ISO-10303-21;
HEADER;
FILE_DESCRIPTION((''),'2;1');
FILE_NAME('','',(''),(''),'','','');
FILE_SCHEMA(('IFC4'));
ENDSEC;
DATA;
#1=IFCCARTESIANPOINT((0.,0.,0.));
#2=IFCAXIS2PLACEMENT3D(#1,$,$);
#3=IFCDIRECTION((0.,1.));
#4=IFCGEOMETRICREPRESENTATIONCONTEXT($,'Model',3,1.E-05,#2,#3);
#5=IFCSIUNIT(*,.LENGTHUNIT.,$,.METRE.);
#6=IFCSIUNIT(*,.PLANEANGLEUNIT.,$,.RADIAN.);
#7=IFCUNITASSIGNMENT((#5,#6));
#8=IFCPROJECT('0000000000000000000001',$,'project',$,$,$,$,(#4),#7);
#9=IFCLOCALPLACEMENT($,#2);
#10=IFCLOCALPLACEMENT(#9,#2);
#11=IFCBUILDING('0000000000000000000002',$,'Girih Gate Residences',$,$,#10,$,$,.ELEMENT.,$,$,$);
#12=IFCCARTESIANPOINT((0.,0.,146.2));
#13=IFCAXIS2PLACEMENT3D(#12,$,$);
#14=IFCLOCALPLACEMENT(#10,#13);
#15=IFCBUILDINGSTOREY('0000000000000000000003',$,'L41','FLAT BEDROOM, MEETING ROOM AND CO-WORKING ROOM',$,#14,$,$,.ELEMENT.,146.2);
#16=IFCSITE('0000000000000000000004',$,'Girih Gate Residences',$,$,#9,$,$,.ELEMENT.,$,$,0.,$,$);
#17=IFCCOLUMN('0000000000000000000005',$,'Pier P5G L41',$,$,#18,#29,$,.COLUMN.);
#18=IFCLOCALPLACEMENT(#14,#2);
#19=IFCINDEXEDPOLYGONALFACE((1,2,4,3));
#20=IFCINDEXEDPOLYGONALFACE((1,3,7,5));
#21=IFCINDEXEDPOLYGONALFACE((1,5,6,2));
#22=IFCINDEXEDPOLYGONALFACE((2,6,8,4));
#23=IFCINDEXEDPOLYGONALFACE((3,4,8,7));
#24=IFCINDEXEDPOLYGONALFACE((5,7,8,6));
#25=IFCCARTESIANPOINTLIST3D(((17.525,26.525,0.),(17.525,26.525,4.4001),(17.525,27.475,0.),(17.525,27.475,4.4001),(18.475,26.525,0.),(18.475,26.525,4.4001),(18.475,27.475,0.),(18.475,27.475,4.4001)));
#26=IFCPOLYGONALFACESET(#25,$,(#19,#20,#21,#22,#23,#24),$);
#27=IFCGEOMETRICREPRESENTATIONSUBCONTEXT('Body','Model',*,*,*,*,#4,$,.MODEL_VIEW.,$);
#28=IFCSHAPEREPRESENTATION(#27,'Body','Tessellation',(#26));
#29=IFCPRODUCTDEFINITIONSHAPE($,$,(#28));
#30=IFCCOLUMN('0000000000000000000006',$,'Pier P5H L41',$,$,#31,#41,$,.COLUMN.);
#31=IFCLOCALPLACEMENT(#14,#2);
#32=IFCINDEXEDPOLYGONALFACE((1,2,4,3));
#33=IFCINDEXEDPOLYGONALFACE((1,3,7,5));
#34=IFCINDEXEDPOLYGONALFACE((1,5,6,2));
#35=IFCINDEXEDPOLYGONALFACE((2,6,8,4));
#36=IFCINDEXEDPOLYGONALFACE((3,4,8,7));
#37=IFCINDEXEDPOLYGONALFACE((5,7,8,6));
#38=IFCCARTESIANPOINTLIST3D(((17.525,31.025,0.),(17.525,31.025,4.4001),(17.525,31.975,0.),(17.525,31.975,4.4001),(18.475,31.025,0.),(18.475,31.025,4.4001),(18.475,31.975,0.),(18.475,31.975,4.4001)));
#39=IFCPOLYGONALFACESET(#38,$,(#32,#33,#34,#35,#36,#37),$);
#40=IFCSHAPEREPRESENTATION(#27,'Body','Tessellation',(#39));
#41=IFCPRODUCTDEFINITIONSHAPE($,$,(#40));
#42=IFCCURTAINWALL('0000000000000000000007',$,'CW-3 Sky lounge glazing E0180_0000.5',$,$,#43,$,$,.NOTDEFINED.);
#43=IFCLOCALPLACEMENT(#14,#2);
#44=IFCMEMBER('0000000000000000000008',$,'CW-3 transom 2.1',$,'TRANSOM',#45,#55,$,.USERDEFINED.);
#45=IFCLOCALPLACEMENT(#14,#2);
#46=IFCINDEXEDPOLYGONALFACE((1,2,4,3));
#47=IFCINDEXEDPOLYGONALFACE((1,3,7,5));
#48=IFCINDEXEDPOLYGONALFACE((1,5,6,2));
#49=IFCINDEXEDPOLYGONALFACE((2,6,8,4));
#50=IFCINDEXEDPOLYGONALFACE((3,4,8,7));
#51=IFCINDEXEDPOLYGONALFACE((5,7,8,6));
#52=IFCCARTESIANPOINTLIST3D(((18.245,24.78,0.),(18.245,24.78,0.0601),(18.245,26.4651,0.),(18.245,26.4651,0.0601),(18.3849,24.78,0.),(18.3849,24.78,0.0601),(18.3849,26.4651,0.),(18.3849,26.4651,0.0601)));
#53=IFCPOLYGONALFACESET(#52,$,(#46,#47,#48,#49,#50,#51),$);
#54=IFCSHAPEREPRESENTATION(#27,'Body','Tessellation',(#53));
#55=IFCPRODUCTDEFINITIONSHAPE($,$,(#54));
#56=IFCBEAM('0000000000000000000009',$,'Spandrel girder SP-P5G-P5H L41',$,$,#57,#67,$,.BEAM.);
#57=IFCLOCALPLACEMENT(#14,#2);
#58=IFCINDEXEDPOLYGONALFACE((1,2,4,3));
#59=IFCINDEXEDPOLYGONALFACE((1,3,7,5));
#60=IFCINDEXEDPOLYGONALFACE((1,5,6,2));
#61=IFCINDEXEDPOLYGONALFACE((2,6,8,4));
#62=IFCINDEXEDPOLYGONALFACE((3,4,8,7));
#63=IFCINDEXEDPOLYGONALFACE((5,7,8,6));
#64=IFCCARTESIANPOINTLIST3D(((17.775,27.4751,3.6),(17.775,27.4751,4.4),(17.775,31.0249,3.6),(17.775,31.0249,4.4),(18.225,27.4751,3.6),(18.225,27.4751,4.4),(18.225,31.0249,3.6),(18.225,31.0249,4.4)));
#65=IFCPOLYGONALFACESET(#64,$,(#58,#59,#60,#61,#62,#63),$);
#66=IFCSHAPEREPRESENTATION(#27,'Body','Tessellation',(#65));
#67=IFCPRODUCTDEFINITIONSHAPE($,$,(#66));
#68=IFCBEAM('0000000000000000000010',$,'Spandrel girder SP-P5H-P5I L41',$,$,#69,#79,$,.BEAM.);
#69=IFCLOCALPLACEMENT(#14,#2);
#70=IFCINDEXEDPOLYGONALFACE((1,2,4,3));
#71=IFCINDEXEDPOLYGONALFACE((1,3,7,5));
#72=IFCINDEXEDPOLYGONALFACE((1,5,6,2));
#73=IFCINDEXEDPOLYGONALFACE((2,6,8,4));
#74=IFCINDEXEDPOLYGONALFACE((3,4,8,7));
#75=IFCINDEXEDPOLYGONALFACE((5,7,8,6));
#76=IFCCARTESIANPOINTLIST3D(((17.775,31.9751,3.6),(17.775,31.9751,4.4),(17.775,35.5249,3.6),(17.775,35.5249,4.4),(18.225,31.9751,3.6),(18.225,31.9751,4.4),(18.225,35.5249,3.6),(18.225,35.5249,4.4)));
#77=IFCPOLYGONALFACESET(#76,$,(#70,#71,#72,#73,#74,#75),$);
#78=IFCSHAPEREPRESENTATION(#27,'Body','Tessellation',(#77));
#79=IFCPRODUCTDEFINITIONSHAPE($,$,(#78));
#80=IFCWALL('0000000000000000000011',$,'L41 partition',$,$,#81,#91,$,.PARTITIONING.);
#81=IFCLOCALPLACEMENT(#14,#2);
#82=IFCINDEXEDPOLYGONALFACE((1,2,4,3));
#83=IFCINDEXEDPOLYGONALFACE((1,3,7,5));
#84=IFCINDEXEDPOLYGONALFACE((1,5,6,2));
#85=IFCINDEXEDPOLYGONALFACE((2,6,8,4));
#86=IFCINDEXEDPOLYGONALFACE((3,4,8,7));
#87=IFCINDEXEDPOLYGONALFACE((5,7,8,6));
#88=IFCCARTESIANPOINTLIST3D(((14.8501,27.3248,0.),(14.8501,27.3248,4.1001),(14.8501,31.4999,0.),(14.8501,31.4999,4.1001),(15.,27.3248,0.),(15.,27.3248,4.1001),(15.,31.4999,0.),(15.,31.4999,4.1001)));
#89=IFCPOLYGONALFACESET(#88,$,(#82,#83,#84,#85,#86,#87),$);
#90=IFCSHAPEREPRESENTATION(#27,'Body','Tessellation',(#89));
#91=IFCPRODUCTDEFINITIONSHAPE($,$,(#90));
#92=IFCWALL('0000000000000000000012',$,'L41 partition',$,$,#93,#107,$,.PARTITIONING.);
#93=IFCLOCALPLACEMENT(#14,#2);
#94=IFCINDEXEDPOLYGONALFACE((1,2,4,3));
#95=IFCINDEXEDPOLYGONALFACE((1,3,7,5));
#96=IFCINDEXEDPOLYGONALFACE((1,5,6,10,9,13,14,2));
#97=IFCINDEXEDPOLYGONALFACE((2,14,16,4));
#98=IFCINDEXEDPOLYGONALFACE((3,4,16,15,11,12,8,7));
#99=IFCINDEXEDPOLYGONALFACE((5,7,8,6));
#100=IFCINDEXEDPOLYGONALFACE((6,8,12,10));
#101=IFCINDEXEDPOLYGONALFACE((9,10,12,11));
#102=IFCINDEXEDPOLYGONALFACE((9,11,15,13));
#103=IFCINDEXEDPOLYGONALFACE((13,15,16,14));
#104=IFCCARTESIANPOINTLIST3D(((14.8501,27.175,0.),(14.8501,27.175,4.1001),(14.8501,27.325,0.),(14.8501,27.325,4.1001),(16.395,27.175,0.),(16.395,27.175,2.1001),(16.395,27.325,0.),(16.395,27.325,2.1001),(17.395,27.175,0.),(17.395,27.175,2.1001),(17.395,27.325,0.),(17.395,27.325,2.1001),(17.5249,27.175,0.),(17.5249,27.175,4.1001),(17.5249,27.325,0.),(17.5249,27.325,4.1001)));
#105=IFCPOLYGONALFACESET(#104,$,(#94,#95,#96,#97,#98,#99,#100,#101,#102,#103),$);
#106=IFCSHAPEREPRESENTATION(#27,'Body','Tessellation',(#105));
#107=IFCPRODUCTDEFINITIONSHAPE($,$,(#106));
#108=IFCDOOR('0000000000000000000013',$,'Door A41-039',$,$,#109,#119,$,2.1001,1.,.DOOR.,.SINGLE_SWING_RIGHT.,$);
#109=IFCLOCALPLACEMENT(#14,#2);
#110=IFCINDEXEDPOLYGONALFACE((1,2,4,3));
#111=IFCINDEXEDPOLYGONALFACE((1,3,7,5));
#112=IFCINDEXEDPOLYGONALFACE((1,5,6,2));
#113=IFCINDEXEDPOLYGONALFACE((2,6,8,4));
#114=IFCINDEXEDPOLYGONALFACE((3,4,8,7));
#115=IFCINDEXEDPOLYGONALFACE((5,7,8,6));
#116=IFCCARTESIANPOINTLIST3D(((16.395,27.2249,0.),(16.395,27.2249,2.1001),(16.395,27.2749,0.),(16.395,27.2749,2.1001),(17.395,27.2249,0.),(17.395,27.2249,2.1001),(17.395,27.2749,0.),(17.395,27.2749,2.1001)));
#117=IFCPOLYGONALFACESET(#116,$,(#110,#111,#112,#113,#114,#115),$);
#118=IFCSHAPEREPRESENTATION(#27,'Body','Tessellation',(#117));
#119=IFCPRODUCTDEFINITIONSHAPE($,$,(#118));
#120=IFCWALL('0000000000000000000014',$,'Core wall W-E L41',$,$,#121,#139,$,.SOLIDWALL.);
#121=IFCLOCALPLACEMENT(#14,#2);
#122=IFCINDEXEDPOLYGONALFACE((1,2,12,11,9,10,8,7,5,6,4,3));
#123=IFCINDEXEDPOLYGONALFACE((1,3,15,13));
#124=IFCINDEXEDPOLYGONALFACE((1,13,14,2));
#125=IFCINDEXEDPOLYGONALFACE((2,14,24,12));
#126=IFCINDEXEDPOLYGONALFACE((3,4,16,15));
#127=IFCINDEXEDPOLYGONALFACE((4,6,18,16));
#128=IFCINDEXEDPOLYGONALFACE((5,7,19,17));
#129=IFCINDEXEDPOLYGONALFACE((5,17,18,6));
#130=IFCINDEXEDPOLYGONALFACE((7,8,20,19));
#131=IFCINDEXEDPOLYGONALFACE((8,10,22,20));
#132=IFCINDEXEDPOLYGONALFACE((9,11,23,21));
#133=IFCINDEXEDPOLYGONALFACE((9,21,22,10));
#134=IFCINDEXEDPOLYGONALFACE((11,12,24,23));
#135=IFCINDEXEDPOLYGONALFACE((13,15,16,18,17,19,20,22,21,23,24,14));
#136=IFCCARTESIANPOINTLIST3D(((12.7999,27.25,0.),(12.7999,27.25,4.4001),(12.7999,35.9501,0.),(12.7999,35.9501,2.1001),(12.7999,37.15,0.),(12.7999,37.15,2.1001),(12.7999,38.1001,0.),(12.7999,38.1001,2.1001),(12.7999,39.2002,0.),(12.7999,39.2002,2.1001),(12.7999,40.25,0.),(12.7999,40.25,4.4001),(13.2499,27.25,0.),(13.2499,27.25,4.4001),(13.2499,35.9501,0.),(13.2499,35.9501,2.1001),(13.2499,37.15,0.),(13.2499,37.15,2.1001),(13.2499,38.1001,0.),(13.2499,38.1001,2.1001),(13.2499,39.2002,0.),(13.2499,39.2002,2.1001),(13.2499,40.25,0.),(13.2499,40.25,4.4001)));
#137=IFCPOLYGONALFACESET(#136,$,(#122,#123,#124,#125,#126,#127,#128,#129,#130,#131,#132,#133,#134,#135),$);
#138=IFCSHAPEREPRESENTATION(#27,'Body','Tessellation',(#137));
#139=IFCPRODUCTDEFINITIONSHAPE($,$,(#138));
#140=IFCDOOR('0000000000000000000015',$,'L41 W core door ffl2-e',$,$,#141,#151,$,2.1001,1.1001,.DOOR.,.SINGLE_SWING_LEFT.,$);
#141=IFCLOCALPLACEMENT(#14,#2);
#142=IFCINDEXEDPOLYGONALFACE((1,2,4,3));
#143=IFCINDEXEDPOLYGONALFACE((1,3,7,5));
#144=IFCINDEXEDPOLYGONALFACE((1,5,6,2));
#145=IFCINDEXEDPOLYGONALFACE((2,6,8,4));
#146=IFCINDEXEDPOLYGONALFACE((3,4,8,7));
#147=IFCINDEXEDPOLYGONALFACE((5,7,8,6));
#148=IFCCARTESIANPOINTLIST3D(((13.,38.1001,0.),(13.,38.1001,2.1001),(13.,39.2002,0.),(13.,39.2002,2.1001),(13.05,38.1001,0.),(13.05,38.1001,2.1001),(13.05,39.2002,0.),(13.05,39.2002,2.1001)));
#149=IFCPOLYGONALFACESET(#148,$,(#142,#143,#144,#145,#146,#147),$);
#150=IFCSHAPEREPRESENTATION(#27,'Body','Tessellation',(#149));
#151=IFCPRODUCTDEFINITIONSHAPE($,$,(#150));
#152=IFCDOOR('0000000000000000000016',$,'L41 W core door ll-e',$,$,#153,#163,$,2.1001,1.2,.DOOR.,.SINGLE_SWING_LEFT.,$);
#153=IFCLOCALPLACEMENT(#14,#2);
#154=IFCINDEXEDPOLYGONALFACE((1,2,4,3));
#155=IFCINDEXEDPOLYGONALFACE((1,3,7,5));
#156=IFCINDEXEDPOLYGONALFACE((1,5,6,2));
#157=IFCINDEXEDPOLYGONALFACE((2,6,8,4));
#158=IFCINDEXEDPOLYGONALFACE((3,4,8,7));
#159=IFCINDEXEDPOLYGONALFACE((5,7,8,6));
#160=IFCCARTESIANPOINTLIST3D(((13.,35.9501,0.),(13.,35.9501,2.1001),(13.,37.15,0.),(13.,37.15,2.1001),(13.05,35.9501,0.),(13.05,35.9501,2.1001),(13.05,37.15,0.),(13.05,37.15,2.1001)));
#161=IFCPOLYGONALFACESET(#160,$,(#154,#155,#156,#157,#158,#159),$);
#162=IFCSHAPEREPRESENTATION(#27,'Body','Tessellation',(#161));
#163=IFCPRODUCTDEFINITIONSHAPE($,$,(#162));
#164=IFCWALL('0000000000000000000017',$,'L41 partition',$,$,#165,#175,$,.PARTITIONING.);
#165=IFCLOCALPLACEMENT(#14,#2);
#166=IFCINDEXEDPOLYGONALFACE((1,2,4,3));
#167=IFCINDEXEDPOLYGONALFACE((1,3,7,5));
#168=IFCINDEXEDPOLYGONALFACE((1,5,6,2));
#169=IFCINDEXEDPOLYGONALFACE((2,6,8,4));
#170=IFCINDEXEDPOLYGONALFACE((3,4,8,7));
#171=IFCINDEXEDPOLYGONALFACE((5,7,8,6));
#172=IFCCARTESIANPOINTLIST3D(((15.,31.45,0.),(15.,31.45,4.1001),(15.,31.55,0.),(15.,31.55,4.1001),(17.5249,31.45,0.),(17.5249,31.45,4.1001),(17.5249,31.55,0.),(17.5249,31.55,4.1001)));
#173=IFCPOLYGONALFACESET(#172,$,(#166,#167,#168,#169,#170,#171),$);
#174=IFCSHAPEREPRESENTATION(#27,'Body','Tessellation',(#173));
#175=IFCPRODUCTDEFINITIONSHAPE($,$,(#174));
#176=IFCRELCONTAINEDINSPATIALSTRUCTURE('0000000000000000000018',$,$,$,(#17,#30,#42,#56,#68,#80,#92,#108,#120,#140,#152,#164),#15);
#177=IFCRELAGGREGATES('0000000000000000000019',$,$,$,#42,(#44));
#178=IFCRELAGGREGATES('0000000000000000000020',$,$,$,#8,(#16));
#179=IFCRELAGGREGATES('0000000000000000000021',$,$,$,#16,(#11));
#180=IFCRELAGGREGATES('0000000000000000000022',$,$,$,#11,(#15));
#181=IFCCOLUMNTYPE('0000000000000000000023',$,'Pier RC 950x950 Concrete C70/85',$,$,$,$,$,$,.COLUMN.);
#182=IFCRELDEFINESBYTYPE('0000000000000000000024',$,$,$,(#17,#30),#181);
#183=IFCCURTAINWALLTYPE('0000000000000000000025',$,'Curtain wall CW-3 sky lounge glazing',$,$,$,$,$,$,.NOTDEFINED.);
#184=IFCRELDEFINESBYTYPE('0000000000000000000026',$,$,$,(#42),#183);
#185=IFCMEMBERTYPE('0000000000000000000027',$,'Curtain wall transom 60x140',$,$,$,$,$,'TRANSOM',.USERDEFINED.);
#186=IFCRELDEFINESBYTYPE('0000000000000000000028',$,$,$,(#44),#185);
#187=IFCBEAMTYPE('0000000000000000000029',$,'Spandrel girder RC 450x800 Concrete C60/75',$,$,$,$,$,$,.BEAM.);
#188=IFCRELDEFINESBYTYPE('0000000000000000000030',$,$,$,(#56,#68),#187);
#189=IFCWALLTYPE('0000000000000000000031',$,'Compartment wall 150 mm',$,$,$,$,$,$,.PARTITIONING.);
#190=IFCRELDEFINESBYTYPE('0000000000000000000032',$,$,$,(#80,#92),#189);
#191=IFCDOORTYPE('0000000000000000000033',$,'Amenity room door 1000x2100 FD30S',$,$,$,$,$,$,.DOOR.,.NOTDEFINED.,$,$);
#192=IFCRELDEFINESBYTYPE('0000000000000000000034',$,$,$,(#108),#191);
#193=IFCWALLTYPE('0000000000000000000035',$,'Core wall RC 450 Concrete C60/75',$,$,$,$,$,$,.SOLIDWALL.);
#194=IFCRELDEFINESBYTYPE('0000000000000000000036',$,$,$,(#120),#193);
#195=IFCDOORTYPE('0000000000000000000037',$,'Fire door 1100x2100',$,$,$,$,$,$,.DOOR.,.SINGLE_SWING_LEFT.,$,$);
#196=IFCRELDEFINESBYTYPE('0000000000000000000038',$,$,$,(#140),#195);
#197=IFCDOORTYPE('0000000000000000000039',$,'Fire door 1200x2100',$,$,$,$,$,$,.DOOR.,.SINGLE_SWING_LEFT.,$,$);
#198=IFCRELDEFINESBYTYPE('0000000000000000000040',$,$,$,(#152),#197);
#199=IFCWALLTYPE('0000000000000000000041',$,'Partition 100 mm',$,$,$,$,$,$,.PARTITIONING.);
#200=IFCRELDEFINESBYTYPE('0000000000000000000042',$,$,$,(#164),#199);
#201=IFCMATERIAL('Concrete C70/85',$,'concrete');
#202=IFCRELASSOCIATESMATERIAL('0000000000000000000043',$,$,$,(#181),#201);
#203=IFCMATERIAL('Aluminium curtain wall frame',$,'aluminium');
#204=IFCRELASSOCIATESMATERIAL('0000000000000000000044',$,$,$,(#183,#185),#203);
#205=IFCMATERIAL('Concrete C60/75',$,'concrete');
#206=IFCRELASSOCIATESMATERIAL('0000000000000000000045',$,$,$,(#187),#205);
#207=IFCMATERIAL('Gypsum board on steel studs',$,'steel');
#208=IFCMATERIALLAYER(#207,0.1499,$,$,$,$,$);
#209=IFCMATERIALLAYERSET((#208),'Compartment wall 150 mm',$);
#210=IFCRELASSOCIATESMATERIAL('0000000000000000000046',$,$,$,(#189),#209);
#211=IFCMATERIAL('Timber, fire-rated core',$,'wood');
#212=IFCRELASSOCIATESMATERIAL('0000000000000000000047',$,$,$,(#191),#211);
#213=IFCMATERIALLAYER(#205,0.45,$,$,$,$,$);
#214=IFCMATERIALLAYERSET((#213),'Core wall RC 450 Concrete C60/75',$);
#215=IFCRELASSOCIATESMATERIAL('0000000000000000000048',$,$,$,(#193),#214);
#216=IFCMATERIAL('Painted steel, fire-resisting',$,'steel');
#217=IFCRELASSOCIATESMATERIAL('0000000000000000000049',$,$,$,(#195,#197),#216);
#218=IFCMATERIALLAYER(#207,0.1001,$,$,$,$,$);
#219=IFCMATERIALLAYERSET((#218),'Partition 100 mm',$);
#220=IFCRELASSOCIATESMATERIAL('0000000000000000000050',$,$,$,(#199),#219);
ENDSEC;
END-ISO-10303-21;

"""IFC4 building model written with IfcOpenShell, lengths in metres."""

from ifc_helpers import new_model, si_unit, direction, frame, frame_2d, origin, origin_2d, place, context, subcontext, project, spatial, rectangle, extrude, material, layer, layer_set, material_profile, profile_set, type_object, element, fill, aggregate, save


model = new_model("IFC4")

# Units and contexts
model_context = context("Model", 3, precision=1e-05, world=origin(), true_north=direction((0.0, 1.0)))
body_context = subcontext(model_context, "Body", "Model", "MODEL_VIEW")
ifc_project = project(units=[si_unit("LENGTHUNIT", "METRE"), si_unit("PLANEANGLEUNIT", "RADIAN")], contexts=[model_context])

# Site, building, storey
site_placement = place(None, origin())
site = spatial("IfcSite", under=ifc_project, at=site_placement, Name="Girih Gate Residences", CompositionType="ELEMENT", RefElevation=0.0)
building_placement = place(site_placement, origin())
building = spatial("IfcBuilding", under=site, at=building_placement, Name="Girih Gate Residences", CompositionType="ELEMENT")
storey_placement = place(building_placement, frame((0.0, 0.0, 146.2)))
storey = spatial("IfcBuildingStorey", under=building, at=storey_placement, Name="L41", Description="FLAT BEDROOM, MEETING ROOM AND CO-WORKING ROOM", CompositionType="ELEMENT", Elevation=146.2)

# Columns
ifc_material_1 = material(Name="Concrete C70/85", Category="concrete")
ifc_material_profile_1 = material_profile(ifc_material_1, rectangle(XDim=0.95, YDim=0.95, at=origin_2d()))
ifc_profile_set_1 = profile_set([ifc_material_profile_1], Name="Concrete C70/85")
column_type = type_object("IfcColumnType", Name="Pier RC 950x950 Concrete C70/85", PredefinedType="COLUMN", material=ifc_profile_set_1)
for number, where, z_axis, x_axis, name in (
    (1, (18.0, 27.0, 0.0), (0.0, 0.0, 1.0), (1.0, 0.0, 0.0), "Pier P5G L41"),
    (2, (18.0, 31.5, 0.0), (0.0, 0.0, 1.0), (1.0, 0.0, 0.0), "Pier P5H L41"),
):
    element("IfcColumn", number, at=place(storey_placement, frame(where, z_axis=z_axis, x_axis=x_axis)), inside=storey, type_object=column_type, Name=name, PredefinedType="COLUMN", context=body_context, shape_type="SweptSolid", body=[
        extrude(rectangle(XDim=0.95, YDim=0.95, at=origin_2d()), origin(), (0.0, 0.0, 1.0), 4.4001),
    ])

# Curtain wall, member
ifc_material_2 = material(Name="Aluminium curtain wall frame", Category="aluminium")
curtain_wall_type = type_object("IfcCurtainWallType", Name="Curtain wall CW-3 sky lounge glazing", PredefinedType="NOTDEFINED", material=ifc_material_2)
curtain_wall_placement = place(storey_placement, origin())
curtain_wall = element("IfcCurtainWall", 3, at=curtain_wall_placement, inside=storey, type_object=curtain_wall_type, Name="CW-3 Sky lounge glazing E0180_0000.5", PredefinedType="NOTDEFINED")
ifc_material_profile_2 = material_profile(ifc_material_2, rectangle(XDim=0.1399, YDim=0.0601, at=origin_2d()))
ifc_profile_set_2 = profile_set([ifc_material_profile_2], Name="Aluminium curtain wall frame")
member_type = type_object("IfcMemberType", Name="Curtain wall transom 60x140", ElementType="TRANSOM", PredefinedType="USERDEFINED", material=ifc_profile_set_2)
member_placement = place(storey_placement, frame((18.3149, 24.78, 0.03), z_axis=(0.0, 1.0, 0.0), x_axis=(-1.0, 0.0, 0.0)))
member = element("IfcMember", 4, at=member_placement, type_object=member_type, Name="CW-3 transom 2.1", ObjectType="TRANSOM", PredefinedType="USERDEFINED", context=body_context, shape_type="SweptSolid", body=[
    extrude(rectangle(XDim=0.1399, YDim=0.0601, at=origin_2d()), origin(), (0.0, 0.0, 1.0), 1.6851),
])
aggregate(curtain_wall, [member])

# Beams
ifc_material_3 = material(Name="Concrete C60/75", Category="concrete")
ifc_material_profile_3 = material_profile(ifc_material_3, rectangle(XDim=0.45, YDim=0.8, at=origin_2d()))
ifc_profile_set_3 = profile_set([ifc_material_profile_3], Name="Concrete C60/75")
beam_type = type_object("IfcBeamType", Name="Spandrel girder RC 450x800 Concrete C60/75", PredefinedType="BEAM", material=ifc_profile_set_3)
for number, where, z_axis, x_axis, name in (
    (5, (18.0, 27.4751, 4.0), (0.0, 1.0, 0.0), (-1.0, 0.0, 0.0), "Spandrel girder SP-P5G-P5H L41"),
    (6, (18.0, 31.9751, 4.0), (0.0, 1.0, 0.0), (-1.0, 0.0, 0.0), "Spandrel girder SP-P5H-P5I L41"),
):
    element("IfcBeam", number, at=place(storey_placement, frame(where, z_axis=z_axis, x_axis=x_axis)), inside=storey, type_object=beam_type, Name=name, PredefinedType="BEAM", context=body_context, shape_type="SweptSolid", body=[
        extrude(rectangle(XDim=0.45, YDim=0.8, at=origin_2d()), origin(), (0.0, 0.0, 1.0), 3.5498),
    ])

# Wall
ifc_material_4 = material(Name="Gypsum board on steel studs", Category="steel")
ifc_layer_1 = layer(ifc_material_4, 0.1499)
ifc_layer_set_1 = layer_set([ifc_layer_1], Name="Compartment wall 150 mm")
wall_type_1 = type_object("IfcWallType", Name="Compartment wall 150 mm", PredefinedType="PARTITIONING", material=ifc_layer_set_1)
wall_1_placement = place(storey_placement, frame((14.925, 27.325, 0.0), z_axis=(0.0, 0.0, 1.0), x_axis=(0.0, 1.0, 0.0)))
element("IfcWall", 7, at=wall_1_placement, inside=storey, type_object=wall_type_1, Name="L41 partition", PredefinedType="PARTITIONING", context=body_context, shape_type="SweptSolid", body=[
    extrude(rectangle(XDim=4.175, YDim=0.1499, at=frame_2d((2.0874, 0.0))), origin(), (0.0, 0.0, 1.0), 4.1001),
])

# Wall, opening, door
wall_2_placement = place(storey_placement, frame((14.8501, 27.25, 0.0), z_axis=(0.0, 0.0, 1.0), x_axis=(1.0, 0.0, 0.0)))
wall_2 = element("IfcWall", 8, at=wall_2_placement, inside=storey, type_object=wall_type_1, Name="L41 partition", PredefinedType="PARTITIONING", context=body_context, shape_type="SweptSolid", body=[
    extrude(rectangle(XDim=2.6748, YDim=0.1499, at=frame_2d((1.3374, 0.0))), origin(), (0.0, 0.0, 1.0), 4.1001),
])
opening_1_placement = place(wall_2_placement, frame((1.5449, 0.0, 0.0)))
opening_1 = element("IfcOpeningElement", 9, at=opening_1_placement, cuts=wall_2, PredefinedType="OPENING", context=body_context, shape_type="SweptSolid", body=[
    extrude(rectangle(XDim=1.0, YDim=2.1001, at=frame_2d((0.5, 1.05))), frame((0.0, 0.085, 0.0), z_axis=(0.0, -1.0, 0.0), x_axis=(1.0, 0.0, 0.0)), (0.0, 0.0, 1.0), 0.1699),
])
ifc_material_5 = material(Name="Timber, fire-rated core", Category="wood")
door_type_1 = type_object("IfcDoorType", Name="Amenity room door 1000x2100 FD30S", OperationType="NOTDEFINED", PredefinedType="DOOR", material=ifc_material_5)
door_1_placement = place(opening_1_placement, origin())
door_1 = element("IfcDoor", 10, at=door_1_placement, inside=storey, type_object=door_type_1, Name="Door A41-039", OperationType="SINGLE_SWING_RIGHT", OverallHeight=2.1001, OverallWidth=1.0, PredefinedType="DOOR", context=body_context, shape_type="SweptSolid", body=[
    extrude(rectangle(XDim=1.0, YDim=2.1001, at=frame_2d((0.5, 1.05))), frame((0.0, 0.0249, 0.0), z_axis=(0.0, -1.0, 0.0), x_axis=(1.0, 0.0, 0.0)), (0.0, 0.0, 1.0), 0.05),
])
fill(opening_1, door_1)

# Wall, openings, doors
ifc_layer_2 = layer(ifc_material_3, 0.45)
ifc_layer_set_2 = layer_set([ifc_layer_2], Name="Core wall RC 450 Concrete C60/75")
wall_type_2 = type_object("IfcWallType", Name="Core wall RC 450 Concrete C60/75", PredefinedType="SOLIDWALL", material=ifc_layer_set_2)
wall_3_placement = place(storey_placement, frame((13.0249, 27.25, 0.0), z_axis=(0.0, 0.0, 1.0), x_axis=(0.0, 1.0, 0.0)))
wall_3 = element("IfcWall", 11, at=wall_3_placement, inside=storey, type_object=wall_type_2, Name="Core wall W-E L41", PredefinedType="SOLIDWALL", context=body_context, shape_type="SweptSolid", body=[
    extrude(rectangle(XDim=13.0, YDim=0.45, at=frame_2d((6.5, 0.0))), origin(), (0.0, 0.0, 1.0), 4.4001),
])
opening_2_placement = place(wall_3_placement, frame((10.8501, 0.0, 0.0)))
opening_2 = element("IfcOpeningElement", 12, at=opening_2_placement, cuts=wall_3, PredefinedType="OPENING", context=body_context, shape_type="SweptSolid", body=[
    extrude(rectangle(XDim=1.1001, YDim=2.1001, at=frame_2d((0.55, 1.05))), frame((0.0, 0.2349, 0.0), z_axis=(0.0, -1.0, 0.0), x_axis=(1.0, 0.0, 0.0)), (0.0, 0.0, 1.0), 0.47),
])
opening_3_placement = place(wall_3_placement, frame((8.7, 0.0, 0.0)))
opening_3 = element("IfcOpeningElement", 13, at=opening_3_placement, cuts=wall_3, PredefinedType="OPENING", context=body_context, shape_type="SweptSolid", body=[
    extrude(rectangle(XDim=1.2, YDim=2.1001, at=frame_2d((0.6001, 1.05))), frame((0.0, 0.2349, 0.0), z_axis=(0.0, -1.0, 0.0), x_axis=(1.0, 0.0, 0.0)), (0.0, 0.0, 1.0), 0.47),
])
ifc_material_6 = material(Name="Painted steel, fire-resisting", Category="steel")
door_type_2 = type_object("IfcDoorType", Name="Fire door 1100x2100", OperationType="SINGLE_SWING_LEFT", PredefinedType="DOOR", material=ifc_material_6)
door_2_placement = place(opening_2_placement, origin())
door_2 = element("IfcDoor", 14, at=door_2_placement, inside=storey, type_object=door_type_2, Name="L41 W core door ffl2-e", OperationType="SINGLE_SWING_LEFT", OverallHeight=2.1001, OverallWidth=1.1001, PredefinedType="DOOR", context=body_context, shape_type="SweptSolid", body=[
    extrude(rectangle(XDim=1.1001, YDim=2.1001, at=frame_2d((0.55, 1.05))), frame((0.0, 0.0249, 0.0), z_axis=(0.0, -1.0, 0.0), x_axis=(1.0, 0.0, 0.0)), (0.0, 0.0, 1.0), 0.05),
])
fill(opening_2, door_2)
door_type_3 = type_object("IfcDoorType", Name="Fire door 1200x2100", OperationType="SINGLE_SWING_LEFT", PredefinedType="DOOR", material=ifc_material_6)
door_3_placement = place(opening_3_placement, origin())
door_3 = element("IfcDoor", 15, at=door_3_placement, inside=storey, type_object=door_type_3, Name="L41 W core door ll-e", OperationType="SINGLE_SWING_LEFT", OverallHeight=2.1001, OverallWidth=1.2, PredefinedType="DOOR", context=body_context, shape_type="SweptSolid", body=[
    extrude(rectangle(XDim=1.2, YDim=2.1001, at=frame_2d((0.6001, 1.05))), frame((0.0, 0.0249, 0.0), z_axis=(0.0, -1.0, 0.0), x_axis=(1.0, 0.0, 0.0)), (0.0, 0.0, 1.0), 0.05),
])
fill(opening_3, door_3)

# Wall
ifc_layer_3 = layer(ifc_material_4, 0.1001)
ifc_layer_set_3 = layer_set([ifc_layer_3], Name="Partition 100 mm")
wall_type_3 = type_object("IfcWallType", Name="Partition 100 mm", PredefinedType="PARTITIONING", material=ifc_layer_set_3)
wall_4_placement = place(storey_placement, frame((15.0, 31.5, 0.0), z_axis=(0.0, 0.0, 1.0), x_axis=(1.0, 0.0, 0.0)))
element("IfcWall", 16, at=wall_4_placement, inside=storey, type_object=wall_type_3, Name="L41 partition", PredefinedType="PARTITIONING", context=body_context, shape_type="SweptSolid", body=[
    extrude(rectangle(XDim=2.5249, YDim=0.1001, at=frame_2d((1.2625, 0.0))), origin(), (0.0, 0.0, 1.0), 4.1001),
])

save(model, "model.ifc")
